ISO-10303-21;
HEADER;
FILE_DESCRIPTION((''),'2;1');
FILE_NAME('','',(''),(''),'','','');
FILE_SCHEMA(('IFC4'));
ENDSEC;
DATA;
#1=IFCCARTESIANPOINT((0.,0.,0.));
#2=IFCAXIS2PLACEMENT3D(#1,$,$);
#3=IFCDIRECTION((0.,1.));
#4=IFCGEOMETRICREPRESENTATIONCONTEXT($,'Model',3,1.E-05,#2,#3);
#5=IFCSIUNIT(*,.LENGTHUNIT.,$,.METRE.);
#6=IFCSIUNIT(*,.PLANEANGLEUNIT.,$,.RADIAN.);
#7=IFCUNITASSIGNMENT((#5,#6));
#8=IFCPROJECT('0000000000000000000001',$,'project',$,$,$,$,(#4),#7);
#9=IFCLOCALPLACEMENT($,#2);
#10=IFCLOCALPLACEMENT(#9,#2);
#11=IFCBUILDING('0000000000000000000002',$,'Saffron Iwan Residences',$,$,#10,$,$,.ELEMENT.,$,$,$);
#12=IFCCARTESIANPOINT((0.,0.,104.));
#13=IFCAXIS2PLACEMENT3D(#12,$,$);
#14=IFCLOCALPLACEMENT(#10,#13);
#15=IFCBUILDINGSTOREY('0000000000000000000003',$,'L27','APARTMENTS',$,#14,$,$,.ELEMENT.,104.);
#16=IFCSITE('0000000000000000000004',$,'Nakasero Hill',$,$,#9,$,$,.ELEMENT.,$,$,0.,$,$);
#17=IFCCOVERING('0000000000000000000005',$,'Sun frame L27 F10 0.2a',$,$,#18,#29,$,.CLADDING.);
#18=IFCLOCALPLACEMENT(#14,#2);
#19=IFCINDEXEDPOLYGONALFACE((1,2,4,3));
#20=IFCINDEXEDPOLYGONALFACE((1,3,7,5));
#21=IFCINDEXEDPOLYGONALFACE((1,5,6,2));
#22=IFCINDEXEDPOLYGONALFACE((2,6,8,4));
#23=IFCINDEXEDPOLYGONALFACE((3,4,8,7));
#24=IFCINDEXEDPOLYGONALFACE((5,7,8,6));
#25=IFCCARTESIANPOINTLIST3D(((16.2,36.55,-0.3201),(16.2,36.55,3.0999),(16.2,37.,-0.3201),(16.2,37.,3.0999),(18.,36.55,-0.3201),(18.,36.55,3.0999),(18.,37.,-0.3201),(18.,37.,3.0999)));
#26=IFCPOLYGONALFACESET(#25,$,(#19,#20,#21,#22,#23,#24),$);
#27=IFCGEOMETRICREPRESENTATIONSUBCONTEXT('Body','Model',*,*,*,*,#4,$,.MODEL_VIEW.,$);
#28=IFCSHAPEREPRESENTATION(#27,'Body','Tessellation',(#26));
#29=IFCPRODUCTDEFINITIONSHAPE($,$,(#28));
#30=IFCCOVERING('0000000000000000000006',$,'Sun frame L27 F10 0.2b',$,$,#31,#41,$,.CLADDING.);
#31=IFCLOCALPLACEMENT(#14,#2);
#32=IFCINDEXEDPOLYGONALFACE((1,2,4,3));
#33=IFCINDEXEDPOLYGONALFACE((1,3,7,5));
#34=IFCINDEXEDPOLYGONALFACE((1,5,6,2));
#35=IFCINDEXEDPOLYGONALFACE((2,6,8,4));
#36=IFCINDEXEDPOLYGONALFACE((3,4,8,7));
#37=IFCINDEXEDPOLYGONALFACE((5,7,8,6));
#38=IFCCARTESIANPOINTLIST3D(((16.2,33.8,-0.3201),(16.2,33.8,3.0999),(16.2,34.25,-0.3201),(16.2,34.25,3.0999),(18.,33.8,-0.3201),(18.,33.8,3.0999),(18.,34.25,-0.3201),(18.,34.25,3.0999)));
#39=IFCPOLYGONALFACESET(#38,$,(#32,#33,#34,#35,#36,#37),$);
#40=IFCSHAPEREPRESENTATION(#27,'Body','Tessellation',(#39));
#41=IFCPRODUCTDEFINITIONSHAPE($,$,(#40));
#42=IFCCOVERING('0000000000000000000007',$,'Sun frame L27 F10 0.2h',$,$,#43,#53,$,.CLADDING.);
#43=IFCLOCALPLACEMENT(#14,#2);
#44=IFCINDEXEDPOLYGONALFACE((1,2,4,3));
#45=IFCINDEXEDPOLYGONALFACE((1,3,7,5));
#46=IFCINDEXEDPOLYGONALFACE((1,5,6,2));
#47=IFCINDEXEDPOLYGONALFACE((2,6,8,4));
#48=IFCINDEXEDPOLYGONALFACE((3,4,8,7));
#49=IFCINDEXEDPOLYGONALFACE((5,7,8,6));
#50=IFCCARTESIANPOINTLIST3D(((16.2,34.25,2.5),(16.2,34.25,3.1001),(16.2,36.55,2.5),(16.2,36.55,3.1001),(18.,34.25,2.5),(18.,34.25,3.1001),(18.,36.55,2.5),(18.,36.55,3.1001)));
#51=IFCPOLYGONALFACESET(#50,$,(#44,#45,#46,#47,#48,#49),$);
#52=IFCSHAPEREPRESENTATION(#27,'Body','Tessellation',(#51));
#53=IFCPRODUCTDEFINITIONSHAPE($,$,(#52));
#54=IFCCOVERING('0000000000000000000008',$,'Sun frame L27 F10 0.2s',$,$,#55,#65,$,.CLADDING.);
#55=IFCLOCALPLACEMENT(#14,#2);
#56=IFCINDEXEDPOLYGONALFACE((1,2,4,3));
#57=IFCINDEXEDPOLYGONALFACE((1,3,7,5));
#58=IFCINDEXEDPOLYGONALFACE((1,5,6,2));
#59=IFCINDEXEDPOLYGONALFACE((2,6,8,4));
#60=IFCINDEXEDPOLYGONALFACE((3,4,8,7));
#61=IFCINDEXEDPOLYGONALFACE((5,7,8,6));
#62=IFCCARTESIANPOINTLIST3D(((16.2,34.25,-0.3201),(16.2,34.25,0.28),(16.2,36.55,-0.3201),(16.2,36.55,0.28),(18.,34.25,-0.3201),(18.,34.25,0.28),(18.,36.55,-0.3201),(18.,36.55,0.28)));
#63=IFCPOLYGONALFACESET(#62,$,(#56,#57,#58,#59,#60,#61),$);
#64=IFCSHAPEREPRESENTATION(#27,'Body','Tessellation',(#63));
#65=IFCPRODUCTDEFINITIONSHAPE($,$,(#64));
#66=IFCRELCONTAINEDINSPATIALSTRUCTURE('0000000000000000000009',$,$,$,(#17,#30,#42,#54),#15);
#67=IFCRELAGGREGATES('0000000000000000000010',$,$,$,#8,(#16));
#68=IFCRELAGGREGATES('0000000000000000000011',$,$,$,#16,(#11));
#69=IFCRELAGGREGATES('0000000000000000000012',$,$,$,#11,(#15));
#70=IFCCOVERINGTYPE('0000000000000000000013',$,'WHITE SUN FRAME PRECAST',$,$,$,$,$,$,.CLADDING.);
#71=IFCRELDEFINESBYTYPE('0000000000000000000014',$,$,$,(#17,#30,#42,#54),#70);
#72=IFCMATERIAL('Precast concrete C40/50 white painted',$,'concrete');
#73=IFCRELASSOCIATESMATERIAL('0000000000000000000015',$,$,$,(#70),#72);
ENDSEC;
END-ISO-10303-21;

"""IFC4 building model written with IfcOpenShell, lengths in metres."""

from ifc_helpers import new_model, si_unit, direction, frame, origin, place, context, subcontext, project, spatial, polyline, outline, extrude, material, type_object, element, save


model = new_model("IFC4")

# Units and contexts
model_context = context("Model", 3, precision=1e-05, world=origin(), true_north=direction((0.0, 1.0)))
body_context = subcontext(model_context, "Body", "Model", "MODEL_VIEW")
ifc_project = project(units=[si_unit("LENGTHUNIT", "METRE"), si_unit("PLANEANGLEUNIT", "RADIAN")], contexts=[model_context])

# Site, building, storey
site_placement = place(None, origin())
site = spatial("IfcSite", under=ifc_project, at=site_placement, Name="Nakasero Hill", CompositionType="ELEMENT", RefElevation=0.0)
building_placement = place(site_placement, origin())
building = spatial("IfcBuilding", under=site, at=building_placement, Name="Saffron Iwan Residences", CompositionType="ELEMENT")
storey_placement = place(building_placement, frame((0.0, 0.0, 104.0)))
storey = spatial("IfcBuildingStorey", under=building, at=storey_placement, Name="L27", Description="APARTMENTS", CompositionType="ELEMENT", Elevation=104.0)

# Coverings
ifc_material_1 = material(Name="Precast concrete C40/50 white painted", Category="concrete")
covering_type_1 = type_object("IfcCoveringType", Name="WHITE SUN FRAME PRECAST", PredefinedType="CLADDING", material=ifc_material_1)
for number, where, z_axis, x_axis, name in (
    (1, (18.0, 37.0, -0.3201), (-1.0, 0.0, 0.0), (0.0, -1.0, 0.0), "Sun frame L27 F10 0.2a"),
    (2, (18.0, 34.25, -0.3201), (-1.0, 0.0, 0.0), (0.0, -1.0, 0.0), "Sun frame L27 F10 0.2b"),
):
    element("IfcCovering", number, at=place(storey_placement, frame(where, z_axis=z_axis, x_axis=x_axis)), inside=storey, type_object=covering_type_1, Name=name, PredefinedType="CLADDING", context=body_context, shape_type="SweptSolid", body=[
        extrude(outline(polyline([(0.0, 0.0), (0.45, 0.0), (0.45, 3.4199), (0.0, 3.4199), (0.0, 0.0)])), origin(), (0.0, 0.0, 1.0), 1.8),
    ])
for number, where, z_axis, x_axis, name in (
    (3, (18.0, 36.55, 2.5), (-1.0, 0.0, 0.0), (0.0, -1.0, 0.0), "Sun frame L27 F10 0.2h"),
    (4, (18.0, 36.55, -0.3201), (-1.0, 0.0, 0.0), (0.0, -1.0, 0.0), "Sun frame L27 F10 0.2s"),
):
    element("IfcCovering", number, at=place(storey_placement, frame(where, z_axis=z_axis, x_axis=x_axis)), inside=storey, type_object=covering_type_1, Name=name, PredefinedType="CLADDING", context=body_context, shape_type="SweptSolid", body=[
        extrude(outline(polyline([(0.0, 0.0), (2.3, 0.0), (2.3, 0.6001), (0.0, 0.6001), (0.0, 0.0)])), origin(), (0.0, 0.0, 1.0), 1.8),
    ])

save(model, "model.ifc")
